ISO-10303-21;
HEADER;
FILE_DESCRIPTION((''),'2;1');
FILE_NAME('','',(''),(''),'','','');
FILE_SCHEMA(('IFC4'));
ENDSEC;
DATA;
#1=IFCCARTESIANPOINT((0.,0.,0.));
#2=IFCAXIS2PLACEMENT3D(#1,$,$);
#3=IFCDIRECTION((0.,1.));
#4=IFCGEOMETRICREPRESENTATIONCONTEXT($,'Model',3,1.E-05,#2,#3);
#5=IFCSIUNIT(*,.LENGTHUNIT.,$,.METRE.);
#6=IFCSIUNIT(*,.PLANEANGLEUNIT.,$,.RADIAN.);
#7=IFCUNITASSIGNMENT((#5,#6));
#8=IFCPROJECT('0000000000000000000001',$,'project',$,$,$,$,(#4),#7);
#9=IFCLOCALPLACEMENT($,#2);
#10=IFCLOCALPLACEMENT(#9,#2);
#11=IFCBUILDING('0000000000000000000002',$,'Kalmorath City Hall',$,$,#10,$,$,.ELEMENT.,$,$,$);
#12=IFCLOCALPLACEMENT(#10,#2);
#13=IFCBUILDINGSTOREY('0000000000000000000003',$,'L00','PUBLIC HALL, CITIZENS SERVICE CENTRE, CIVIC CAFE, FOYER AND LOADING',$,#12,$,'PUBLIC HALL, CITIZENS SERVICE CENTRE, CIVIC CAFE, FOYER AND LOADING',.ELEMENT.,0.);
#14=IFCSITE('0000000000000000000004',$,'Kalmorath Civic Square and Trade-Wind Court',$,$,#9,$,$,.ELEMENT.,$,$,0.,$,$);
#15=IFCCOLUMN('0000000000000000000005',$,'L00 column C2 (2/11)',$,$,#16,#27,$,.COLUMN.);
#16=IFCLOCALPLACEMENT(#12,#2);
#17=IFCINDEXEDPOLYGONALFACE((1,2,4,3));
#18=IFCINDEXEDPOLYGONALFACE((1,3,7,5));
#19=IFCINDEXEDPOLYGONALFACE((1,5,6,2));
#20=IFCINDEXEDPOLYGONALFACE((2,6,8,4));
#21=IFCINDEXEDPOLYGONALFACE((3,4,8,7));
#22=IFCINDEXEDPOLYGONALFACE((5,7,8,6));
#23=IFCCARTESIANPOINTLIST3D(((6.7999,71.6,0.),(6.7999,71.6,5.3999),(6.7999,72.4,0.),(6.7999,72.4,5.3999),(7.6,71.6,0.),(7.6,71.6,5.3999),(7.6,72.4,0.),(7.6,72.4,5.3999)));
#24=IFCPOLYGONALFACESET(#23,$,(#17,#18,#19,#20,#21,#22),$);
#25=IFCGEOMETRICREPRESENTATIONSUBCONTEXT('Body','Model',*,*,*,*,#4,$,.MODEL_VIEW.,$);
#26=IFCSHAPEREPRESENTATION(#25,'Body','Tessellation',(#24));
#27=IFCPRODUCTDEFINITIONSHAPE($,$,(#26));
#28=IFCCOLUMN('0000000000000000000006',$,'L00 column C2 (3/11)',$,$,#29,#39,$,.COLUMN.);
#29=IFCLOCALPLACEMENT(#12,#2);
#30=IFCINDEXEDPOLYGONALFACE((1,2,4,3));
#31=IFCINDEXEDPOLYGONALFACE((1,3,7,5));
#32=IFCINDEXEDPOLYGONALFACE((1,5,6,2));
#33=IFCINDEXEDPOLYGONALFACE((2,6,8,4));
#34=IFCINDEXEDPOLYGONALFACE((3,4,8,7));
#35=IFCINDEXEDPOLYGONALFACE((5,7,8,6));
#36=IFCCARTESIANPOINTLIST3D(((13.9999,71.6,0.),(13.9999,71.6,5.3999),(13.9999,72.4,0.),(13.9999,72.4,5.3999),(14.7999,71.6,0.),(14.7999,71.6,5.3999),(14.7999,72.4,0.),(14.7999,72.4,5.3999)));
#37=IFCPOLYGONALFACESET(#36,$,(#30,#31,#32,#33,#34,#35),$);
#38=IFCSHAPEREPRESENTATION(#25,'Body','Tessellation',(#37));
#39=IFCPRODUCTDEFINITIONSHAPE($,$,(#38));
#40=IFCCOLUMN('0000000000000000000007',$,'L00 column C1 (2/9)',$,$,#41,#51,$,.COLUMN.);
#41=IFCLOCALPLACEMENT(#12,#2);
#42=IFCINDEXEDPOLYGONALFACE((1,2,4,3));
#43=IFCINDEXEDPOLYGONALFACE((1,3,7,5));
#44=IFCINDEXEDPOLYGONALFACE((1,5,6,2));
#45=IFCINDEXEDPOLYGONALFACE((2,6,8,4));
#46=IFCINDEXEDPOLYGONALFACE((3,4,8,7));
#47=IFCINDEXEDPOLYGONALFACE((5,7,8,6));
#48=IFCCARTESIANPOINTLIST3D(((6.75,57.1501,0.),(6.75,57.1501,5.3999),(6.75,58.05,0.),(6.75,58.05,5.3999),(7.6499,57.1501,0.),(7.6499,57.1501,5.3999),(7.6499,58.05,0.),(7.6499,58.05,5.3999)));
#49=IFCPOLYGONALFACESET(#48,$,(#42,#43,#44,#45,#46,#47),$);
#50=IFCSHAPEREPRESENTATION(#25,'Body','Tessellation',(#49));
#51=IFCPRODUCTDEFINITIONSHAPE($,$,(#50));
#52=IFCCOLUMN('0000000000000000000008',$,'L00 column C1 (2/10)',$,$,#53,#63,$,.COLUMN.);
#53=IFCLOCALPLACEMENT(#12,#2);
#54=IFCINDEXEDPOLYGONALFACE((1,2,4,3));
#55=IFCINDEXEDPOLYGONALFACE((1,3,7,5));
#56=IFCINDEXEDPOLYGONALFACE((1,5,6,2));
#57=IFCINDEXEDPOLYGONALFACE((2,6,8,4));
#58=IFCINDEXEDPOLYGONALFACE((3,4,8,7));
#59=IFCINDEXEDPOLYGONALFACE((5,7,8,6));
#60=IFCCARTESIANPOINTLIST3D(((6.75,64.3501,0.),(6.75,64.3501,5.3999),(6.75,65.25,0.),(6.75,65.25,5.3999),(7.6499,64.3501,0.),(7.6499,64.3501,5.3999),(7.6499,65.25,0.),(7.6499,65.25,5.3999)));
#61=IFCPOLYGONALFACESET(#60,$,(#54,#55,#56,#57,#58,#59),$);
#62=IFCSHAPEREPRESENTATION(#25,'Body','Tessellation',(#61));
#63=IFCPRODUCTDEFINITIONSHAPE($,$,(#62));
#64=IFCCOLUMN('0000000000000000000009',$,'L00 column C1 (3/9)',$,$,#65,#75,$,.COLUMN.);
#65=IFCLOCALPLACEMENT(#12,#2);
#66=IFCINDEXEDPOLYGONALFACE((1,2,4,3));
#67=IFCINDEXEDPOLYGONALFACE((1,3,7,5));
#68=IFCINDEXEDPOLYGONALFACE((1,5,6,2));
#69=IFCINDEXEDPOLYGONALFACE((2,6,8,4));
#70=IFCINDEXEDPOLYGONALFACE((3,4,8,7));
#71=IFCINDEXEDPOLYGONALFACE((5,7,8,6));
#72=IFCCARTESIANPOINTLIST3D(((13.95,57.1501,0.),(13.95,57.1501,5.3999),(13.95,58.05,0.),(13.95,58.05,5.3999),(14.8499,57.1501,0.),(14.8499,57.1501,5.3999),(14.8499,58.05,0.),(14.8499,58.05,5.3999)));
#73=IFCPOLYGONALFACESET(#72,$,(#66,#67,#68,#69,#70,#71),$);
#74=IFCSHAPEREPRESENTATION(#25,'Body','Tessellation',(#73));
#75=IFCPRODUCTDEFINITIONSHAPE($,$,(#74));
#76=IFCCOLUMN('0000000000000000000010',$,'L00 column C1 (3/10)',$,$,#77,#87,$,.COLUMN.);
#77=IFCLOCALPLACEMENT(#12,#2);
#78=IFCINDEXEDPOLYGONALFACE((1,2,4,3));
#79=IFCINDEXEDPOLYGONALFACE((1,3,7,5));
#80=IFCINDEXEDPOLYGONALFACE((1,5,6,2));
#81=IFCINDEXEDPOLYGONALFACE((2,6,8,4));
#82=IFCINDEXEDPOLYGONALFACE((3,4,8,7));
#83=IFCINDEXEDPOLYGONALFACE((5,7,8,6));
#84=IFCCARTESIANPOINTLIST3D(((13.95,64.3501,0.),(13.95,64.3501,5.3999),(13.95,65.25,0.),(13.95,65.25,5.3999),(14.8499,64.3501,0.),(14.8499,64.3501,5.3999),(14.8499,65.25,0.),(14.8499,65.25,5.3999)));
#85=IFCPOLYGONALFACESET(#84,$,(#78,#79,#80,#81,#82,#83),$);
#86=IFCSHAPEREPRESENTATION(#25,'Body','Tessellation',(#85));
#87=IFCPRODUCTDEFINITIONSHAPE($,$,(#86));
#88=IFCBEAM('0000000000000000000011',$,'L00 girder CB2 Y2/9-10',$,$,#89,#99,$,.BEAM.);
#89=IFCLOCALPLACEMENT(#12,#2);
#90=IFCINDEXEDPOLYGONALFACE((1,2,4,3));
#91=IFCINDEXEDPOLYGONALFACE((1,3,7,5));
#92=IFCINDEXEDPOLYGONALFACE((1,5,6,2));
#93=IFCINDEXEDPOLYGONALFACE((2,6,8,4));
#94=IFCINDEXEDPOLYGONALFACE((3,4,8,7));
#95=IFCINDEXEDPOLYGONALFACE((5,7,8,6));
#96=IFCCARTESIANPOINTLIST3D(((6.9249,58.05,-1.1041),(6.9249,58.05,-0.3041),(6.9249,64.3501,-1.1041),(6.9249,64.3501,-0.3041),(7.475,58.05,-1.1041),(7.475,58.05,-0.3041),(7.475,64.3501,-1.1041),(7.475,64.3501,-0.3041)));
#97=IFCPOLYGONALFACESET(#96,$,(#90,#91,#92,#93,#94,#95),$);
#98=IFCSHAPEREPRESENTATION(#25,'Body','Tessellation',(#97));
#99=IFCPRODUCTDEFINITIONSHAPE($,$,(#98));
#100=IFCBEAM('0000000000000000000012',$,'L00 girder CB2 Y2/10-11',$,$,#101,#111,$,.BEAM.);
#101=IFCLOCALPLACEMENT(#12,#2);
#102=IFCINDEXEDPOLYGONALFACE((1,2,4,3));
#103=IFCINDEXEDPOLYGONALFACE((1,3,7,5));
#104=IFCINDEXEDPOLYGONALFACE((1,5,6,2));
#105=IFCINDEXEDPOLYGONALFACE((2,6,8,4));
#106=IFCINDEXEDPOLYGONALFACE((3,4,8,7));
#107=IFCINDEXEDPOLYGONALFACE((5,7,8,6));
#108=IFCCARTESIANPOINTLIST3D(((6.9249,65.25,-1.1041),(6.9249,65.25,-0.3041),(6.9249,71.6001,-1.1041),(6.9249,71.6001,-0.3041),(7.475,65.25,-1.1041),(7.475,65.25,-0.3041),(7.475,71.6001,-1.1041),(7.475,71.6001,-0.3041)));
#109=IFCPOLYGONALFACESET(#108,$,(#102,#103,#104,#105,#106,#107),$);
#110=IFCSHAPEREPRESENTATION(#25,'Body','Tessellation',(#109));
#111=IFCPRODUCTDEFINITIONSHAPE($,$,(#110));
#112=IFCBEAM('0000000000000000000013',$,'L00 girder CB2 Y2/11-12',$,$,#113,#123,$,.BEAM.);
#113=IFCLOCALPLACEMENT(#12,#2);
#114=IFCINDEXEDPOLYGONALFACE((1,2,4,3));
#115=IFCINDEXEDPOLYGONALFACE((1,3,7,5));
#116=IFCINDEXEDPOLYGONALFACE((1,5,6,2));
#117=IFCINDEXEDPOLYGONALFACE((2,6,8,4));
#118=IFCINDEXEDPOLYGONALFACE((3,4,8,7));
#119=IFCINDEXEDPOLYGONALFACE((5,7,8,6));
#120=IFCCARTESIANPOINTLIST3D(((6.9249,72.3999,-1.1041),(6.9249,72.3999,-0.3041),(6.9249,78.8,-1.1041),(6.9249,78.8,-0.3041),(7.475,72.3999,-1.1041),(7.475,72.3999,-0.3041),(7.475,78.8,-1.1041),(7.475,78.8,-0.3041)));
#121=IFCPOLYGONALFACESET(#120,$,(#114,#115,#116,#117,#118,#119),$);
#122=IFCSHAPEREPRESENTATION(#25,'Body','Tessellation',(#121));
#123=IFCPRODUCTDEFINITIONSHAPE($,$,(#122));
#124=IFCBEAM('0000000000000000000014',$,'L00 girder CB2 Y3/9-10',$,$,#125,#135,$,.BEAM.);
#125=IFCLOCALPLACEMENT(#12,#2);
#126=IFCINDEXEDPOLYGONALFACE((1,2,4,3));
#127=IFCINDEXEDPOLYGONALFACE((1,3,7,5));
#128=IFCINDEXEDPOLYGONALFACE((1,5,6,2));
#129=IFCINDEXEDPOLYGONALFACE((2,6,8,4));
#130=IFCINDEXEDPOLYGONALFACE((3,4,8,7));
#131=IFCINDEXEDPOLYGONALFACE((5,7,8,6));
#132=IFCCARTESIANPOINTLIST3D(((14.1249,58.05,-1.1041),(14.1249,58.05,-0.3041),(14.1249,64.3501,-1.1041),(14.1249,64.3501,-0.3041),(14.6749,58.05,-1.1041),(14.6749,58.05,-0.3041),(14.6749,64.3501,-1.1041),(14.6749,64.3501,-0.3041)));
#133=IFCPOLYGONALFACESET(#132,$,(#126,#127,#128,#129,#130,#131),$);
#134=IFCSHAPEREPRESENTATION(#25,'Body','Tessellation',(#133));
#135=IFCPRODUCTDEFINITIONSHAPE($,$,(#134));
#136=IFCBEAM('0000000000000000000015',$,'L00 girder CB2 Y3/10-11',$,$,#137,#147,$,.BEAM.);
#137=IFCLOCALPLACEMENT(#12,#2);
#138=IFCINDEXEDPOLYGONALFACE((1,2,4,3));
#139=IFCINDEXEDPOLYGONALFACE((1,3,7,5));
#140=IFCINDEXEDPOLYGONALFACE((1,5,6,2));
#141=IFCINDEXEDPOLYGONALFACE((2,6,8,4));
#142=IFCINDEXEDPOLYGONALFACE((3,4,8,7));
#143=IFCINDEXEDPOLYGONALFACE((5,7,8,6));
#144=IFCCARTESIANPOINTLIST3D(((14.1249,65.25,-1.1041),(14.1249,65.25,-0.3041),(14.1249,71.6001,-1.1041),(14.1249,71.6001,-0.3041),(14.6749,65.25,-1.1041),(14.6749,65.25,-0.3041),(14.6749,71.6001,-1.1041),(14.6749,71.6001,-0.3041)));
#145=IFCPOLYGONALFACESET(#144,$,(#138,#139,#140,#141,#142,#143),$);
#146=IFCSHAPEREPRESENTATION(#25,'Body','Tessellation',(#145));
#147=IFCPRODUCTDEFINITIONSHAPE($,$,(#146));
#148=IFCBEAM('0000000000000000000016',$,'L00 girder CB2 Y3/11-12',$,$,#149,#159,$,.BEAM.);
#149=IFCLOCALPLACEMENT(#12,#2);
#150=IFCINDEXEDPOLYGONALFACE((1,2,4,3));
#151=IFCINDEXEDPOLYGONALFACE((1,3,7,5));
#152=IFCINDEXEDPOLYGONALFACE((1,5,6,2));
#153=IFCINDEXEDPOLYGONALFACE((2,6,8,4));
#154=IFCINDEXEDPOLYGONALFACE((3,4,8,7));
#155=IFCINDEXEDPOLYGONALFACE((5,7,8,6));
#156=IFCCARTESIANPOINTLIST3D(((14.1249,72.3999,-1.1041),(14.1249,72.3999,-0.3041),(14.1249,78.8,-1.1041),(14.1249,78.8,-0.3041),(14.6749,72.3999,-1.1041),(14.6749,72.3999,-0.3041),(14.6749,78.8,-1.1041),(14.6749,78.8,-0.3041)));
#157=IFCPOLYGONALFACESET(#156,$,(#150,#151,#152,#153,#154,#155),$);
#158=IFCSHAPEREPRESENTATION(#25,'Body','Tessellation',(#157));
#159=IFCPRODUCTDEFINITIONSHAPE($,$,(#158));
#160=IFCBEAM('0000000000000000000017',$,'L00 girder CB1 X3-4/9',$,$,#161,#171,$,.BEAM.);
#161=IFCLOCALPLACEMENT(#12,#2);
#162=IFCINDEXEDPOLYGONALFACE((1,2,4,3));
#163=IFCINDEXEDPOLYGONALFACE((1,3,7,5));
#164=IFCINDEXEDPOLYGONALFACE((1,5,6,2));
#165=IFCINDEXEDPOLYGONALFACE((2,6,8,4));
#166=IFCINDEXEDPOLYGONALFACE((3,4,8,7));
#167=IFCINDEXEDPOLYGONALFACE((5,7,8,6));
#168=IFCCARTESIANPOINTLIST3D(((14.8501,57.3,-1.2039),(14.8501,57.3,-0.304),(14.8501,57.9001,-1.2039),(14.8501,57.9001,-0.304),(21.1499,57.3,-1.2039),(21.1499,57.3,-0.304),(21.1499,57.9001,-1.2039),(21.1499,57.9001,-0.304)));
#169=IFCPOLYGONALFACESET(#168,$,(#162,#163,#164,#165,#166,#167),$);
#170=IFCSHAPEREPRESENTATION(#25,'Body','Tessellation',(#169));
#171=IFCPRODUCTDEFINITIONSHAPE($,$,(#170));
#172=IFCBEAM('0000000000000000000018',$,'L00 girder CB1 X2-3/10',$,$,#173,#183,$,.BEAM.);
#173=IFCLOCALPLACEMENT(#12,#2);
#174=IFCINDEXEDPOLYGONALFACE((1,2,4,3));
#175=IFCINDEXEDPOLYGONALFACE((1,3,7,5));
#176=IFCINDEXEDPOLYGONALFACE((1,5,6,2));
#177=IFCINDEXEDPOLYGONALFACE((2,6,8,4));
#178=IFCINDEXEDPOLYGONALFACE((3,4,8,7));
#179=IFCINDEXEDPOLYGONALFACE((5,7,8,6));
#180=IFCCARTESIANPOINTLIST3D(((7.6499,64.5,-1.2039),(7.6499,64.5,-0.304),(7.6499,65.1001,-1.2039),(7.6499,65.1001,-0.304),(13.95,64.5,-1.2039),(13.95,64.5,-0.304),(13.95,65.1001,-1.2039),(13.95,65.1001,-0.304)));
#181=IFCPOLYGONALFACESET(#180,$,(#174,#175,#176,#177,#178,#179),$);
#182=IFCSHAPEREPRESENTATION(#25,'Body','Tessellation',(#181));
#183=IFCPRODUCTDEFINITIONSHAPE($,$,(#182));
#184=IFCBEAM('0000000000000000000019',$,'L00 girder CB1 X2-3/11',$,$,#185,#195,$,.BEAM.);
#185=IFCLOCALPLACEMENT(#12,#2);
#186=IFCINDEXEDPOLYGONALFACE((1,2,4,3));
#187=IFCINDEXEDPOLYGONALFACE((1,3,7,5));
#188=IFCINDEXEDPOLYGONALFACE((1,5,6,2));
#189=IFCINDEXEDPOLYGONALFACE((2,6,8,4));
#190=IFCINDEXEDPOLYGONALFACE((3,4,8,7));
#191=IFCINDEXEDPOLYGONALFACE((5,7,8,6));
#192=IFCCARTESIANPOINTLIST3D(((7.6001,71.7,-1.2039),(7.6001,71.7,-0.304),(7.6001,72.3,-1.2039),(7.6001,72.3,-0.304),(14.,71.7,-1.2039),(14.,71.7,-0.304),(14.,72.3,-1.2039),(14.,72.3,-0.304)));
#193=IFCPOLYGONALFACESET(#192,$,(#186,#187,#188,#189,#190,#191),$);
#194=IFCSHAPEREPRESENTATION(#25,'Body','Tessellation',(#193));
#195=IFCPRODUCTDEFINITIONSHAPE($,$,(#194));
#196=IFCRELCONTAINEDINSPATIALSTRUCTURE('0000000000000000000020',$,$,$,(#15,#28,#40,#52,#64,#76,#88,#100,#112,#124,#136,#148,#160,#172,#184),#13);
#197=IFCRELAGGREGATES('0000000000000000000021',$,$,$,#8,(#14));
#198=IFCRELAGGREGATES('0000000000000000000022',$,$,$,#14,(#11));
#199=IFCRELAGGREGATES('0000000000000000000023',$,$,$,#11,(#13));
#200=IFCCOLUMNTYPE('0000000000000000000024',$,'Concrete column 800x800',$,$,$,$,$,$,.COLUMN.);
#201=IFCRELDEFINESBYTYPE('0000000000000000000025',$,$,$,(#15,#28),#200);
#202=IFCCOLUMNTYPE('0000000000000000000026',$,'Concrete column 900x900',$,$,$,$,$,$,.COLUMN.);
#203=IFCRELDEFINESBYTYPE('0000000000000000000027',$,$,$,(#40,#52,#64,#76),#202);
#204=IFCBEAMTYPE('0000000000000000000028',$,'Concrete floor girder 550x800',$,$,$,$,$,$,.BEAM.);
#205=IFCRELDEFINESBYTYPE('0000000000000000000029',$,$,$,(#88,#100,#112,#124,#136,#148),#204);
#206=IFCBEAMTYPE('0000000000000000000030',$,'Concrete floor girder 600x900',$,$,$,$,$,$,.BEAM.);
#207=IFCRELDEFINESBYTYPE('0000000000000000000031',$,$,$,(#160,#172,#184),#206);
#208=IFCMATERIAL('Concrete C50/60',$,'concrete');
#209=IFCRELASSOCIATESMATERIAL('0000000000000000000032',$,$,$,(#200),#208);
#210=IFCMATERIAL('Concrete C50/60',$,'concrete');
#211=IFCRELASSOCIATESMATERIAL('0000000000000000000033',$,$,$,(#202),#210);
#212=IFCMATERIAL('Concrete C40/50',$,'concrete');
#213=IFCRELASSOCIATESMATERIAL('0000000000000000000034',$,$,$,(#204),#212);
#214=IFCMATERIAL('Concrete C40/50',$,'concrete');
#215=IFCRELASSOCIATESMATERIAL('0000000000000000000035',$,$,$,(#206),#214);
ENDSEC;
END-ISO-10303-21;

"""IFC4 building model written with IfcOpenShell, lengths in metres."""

from ifc_helpers import new_model, si_unit, direction, frame, origin, origin_2d, place, context, subcontext, project, spatial, rectangle, extrude, material, material_profile, profile_set, type_object, element, save


model = new_model("IFC4")

# Units and contexts
model_context = context("Model", 3, precision=1e-05, world=origin(), true_north=direction((0.0, 1.0)))
body_context = subcontext(model_context, "Body", "Model", "MODEL_VIEW")
ifc_project = project(units=[si_unit("LENGTHUNIT", "METRE"), si_unit("PLANEANGLEUNIT", "RADIAN")], contexts=[model_context])

# Site, building, storey
site_placement = place(None, origin())
site = spatial("IfcSite", under=ifc_project, at=site_placement, Name="Kalmorath Civic Square and Trade-Wind Court", CompositionType="ELEMENT", RefElevation=0.0)
building_placement = place(site_placement, origin())
building = spatial("IfcBuilding", under=site, at=building_placement, Name="Kalmorath City Hall", CompositionType="ELEMENT")
storey_placement = place(building_placement, origin())
storey = spatial("IfcBuildingStorey", under=building, at=storey_placement, Name="L00", Description="PUBLIC HALL, CITIZENS SERVICE CENTRE, CIVIC CAFE, FOYER AND LOADING", LongName="PUBLIC HALL, CITIZENS SERVICE CENTRE, CIVIC CAFE, FOYER AND LOADING", CompositionType="ELEMENT", Elevation=0.0)

# Columns
ifc_material_1 = material(Name="Concrete C50/60", Category="concrete")
ifc_material_profile_1 = material_profile(ifc_material_1, rectangle(XDim=0.8, YDim=0.8, at=origin_2d()), Name="RC-COL-800X800")
ifc_profile_set_1 = profile_set([ifc_material_profile_1], Name="Concrete C50/60")
column_type_1 = type_object("IfcColumnType", Name="Concrete column 800x800", PredefinedType="COLUMN", material=ifc_profile_set_1)
for number, where, z_axis, x_axis, name in (
    (1, (7.2, 72.0, 0.0), (0.0, 0.0, 1.0), (1.0, 0.0, 0.0), "L00 column C2 (2/11)"),
    (2, (14.3999, 72.0, 0.0), (0.0, 0.0, 1.0), (1.0, 0.0, 0.0), "L00 column C2 (3/11)"),
):
    element("IfcColumn", number, at=place(storey_placement, frame(where, z_axis=z_axis, x_axis=x_axis)), inside=storey, type_object=column_type_1, Name=name, PredefinedType="COLUMN", context=body_context, shape_type="SweptSolid", body=[
        extrude(rectangle(XDim=0.8, YDim=0.8, at=origin_2d()), origin(), (0.0, 0.0, 1.0), 5.3999),
    ])
ifc_material_2 = material(Name="Concrete C50/60", Category="concrete")
ifc_material_profile_2 = material_profile(ifc_material_2, rectangle(XDim=0.8999, YDim=0.8999, at=origin_2d()), Name="RC-COL-900X900")
ifc_profile_set_2 = profile_set([ifc_material_profile_2], Name="Concrete C50/60")
column_type_2 = type_object("IfcColumnType", Name="Concrete column 900x900", PredefinedType="COLUMN", material=ifc_profile_set_2)
for number, where, z_axis, x_axis, name in (
    (3, (7.2, 57.6001, 0.0), (0.0, 0.0, 1.0), (1.0, 0.0, 0.0), "L00 column C1 (2/9)"),
    (4, (7.2, 64.8, 0.0), (0.0, 0.0, 1.0), (1.0, 0.0, 0.0), "L00 column C1 (2/10)"),
    (5, (14.3999, 57.6001, 0.0), (0.0, 0.0, 1.0), (1.0, 0.0, 0.0), "L00 column C1 (3/9)"),
    (6, (14.3999, 64.8, 0.0), (0.0, 0.0, 1.0), (1.0, 0.0, 0.0), "L00 column C1 (3/10)"),
):
    element("IfcColumn", number, at=place(storey_placement, frame(where, z_axis=z_axis, x_axis=x_axis)), inside=storey, type_object=column_type_2, Name=name, PredefinedType="COLUMN", context=body_context, shape_type="SweptSolid", body=[
        extrude(rectangle(XDim=0.8999, YDim=0.8999, at=origin_2d()), origin(), (0.0, 0.0, 1.0), 5.3999),
    ])

# Beams
ifc_material_3 = material(Name="Concrete C40/50", Category="concrete")
ifc_material_profile_3 = material_profile(ifc_material_3, rectangle(XDim=0.55, YDim=0.8, at=origin_2d()), Name="RC-BM-550X800")
ifc_profile_set_3 = profile_set([ifc_material_profile_3], Name="Concrete C40/50")
beam_type_1 = type_object("IfcBeamType", Name="Concrete floor girder 550x800", PredefinedType="BEAM", material=ifc_profile_set_3)
beam_1_placement = place(storey_placement, frame((7.2, 58.05, -0.7041), z_axis=(0.0, 1.0, 0.0), x_axis=(-1.0, 0.0, 0.0)))
element("IfcBeam", 7, at=beam_1_placement, inside=storey, type_object=beam_type_1, Name="L00 girder CB2 Y2/9-10", PredefinedType="BEAM", context=body_context, shape_type="SweptSolid", body=[
    extrude(rectangle(XDim=0.55, YDim=0.8, at=origin_2d()), origin(), (0.0, 0.0, 1.0), 6.3),
])
beam_2_placement = place(storey_placement, frame((7.2, 65.25, -0.7041), z_axis=(0.0, 1.0, 0.0), x_axis=(-1.0, 0.0, 0.0)))
element("IfcBeam", 8, at=beam_2_placement, inside=storey, type_object=beam_type_1, Name="L00 girder CB2 Y2/10-11", PredefinedType="BEAM", context=body_context, shape_type="SweptSolid", body=[
    extrude(rectangle(XDim=0.55, YDim=0.8, at=origin_2d()), origin(), (0.0, 0.0, 1.0), 6.3501),
])
beam_3_placement = place(storey_placement, frame((7.2, 72.3999, -0.7041), z_axis=(0.0, 1.0, 0.0), x_axis=(-1.0, 0.0, 0.0)))
element("IfcBeam", 9, at=beam_3_placement, inside=storey, type_object=beam_type_1, Name="L00 girder CB2 Y2/11-12", PredefinedType="BEAM", context=body_context, shape_type="SweptSolid", body=[
    extrude(rectangle(XDim=0.55, YDim=0.8, at=origin_2d()), origin(), (0.0, 0.0, 1.0), 6.4001),
])
beam_4_placement = place(storey_placement, frame((14.3999, 58.05, -0.7041), z_axis=(0.0, 1.0, 0.0), x_axis=(-1.0, 0.0, 0.0)))
element("IfcBeam", 10, at=beam_4_placement, inside=storey, type_object=beam_type_1, Name="L00 girder CB2 Y3/9-10", PredefinedType="BEAM", context=body_context, shape_type="SweptSolid", body=[
    extrude(rectangle(XDim=0.55, YDim=0.8, at=origin_2d()), origin(), (0.0, 0.0, 1.0), 6.3),
])
beam_5_placement = place(storey_placement, frame((14.3999, 65.25, -0.7041), z_axis=(0.0, 1.0, 0.0), x_axis=(-1.0, 0.0, 0.0)))
element("IfcBeam", 11, at=beam_5_placement, inside=storey, type_object=beam_type_1, Name="L00 girder CB2 Y3/10-11", PredefinedType="BEAM", context=body_context, shape_type="SweptSolid", body=[
    extrude(rectangle(XDim=0.55, YDim=0.8, at=origin_2d()), origin(), (0.0, 0.0, 1.0), 6.3501),
])
beam_6_placement = place(storey_placement, frame((14.3999, 72.3999, -0.7041), z_axis=(0.0, 1.0, 0.0), x_axis=(-1.0, 0.0, 0.0)))
element("IfcBeam", 12, at=beam_6_placement, inside=storey, type_object=beam_type_1, Name="L00 girder CB2 Y3/11-12", PredefinedType="BEAM", context=body_context, shape_type="SweptSolid", body=[
    extrude(rectangle(XDim=0.55, YDim=0.8, at=origin_2d()), origin(), (0.0, 0.0, 1.0), 6.4001),
])
ifc_material_4 = material(Name="Concrete C40/50", Category="concrete")
ifc_material_profile_4 = material_profile(ifc_material_4, rectangle(XDim=0.6001, YDim=0.8999, at=origin_2d()), Name="RC-BM-600X900")
ifc_profile_set_4 = profile_set([ifc_material_profile_4], Name="Concrete C40/50")
beam_type_2 = type_object("IfcBeamType", Name="Concrete floor girder 600x900", PredefinedType="BEAM", material=ifc_profile_set_4)
beam_7_placement = place(storey_placement, frame((14.8501, 57.6001, -0.7539), z_axis=(1.0, 0.0, 0.0), x_axis=(0.0, 1.0, 0.0)))
element("IfcBeam", 13, at=beam_7_placement, inside=storey, type_object=beam_type_2, Name="L00 girder CB1 X3-4/9", PredefinedType="BEAM", context=body_context, shape_type="SweptSolid", body=[
    extrude(rectangle(XDim=0.6001, YDim=0.8999, at=origin_2d()), origin(), (0.0, 0.0, 1.0), 6.2998),
])
beam_8_placement = place(storey_placement, frame((7.6499, 64.8, -0.7539), z_axis=(1.0, 0.0, 0.0), x_axis=(0.0, 1.0, 0.0)))
element("IfcBeam", 14, at=beam_8_placement, inside=storey, type_object=beam_type_2, Name="L00 girder CB1 X2-3/10", PredefinedType="BEAM", context=body_context, shape_type="SweptSolid", body=[
    extrude(rectangle(XDim=0.6001, YDim=0.8999, at=origin_2d()), origin(), (0.0, 0.0, 1.0), 6.3),
])
for number, where, z_axis, x_axis, name in (
    (15, (7.6001, 72.0, -0.7539), (1.0, 0.0, 0.0), (0.0, 1.0, 0.0), "L00 girder CB1 X2-3/11"),
):
    element("IfcBeam", number, at=place(storey_placement, frame(where, z_axis=z_axis, x_axis=x_axis)), inside=storey, type_object=beam_type_2, Name=name, PredefinedType="BEAM", context=body_context, shape_type="SweptSolid", body=[
        extrude(rectangle(XDim=0.6001, YDim=0.8999, at=origin_2d()), origin(), (0.0, 0.0, 1.0), 6.3999),
    ])

save(model, "model.ifc")
